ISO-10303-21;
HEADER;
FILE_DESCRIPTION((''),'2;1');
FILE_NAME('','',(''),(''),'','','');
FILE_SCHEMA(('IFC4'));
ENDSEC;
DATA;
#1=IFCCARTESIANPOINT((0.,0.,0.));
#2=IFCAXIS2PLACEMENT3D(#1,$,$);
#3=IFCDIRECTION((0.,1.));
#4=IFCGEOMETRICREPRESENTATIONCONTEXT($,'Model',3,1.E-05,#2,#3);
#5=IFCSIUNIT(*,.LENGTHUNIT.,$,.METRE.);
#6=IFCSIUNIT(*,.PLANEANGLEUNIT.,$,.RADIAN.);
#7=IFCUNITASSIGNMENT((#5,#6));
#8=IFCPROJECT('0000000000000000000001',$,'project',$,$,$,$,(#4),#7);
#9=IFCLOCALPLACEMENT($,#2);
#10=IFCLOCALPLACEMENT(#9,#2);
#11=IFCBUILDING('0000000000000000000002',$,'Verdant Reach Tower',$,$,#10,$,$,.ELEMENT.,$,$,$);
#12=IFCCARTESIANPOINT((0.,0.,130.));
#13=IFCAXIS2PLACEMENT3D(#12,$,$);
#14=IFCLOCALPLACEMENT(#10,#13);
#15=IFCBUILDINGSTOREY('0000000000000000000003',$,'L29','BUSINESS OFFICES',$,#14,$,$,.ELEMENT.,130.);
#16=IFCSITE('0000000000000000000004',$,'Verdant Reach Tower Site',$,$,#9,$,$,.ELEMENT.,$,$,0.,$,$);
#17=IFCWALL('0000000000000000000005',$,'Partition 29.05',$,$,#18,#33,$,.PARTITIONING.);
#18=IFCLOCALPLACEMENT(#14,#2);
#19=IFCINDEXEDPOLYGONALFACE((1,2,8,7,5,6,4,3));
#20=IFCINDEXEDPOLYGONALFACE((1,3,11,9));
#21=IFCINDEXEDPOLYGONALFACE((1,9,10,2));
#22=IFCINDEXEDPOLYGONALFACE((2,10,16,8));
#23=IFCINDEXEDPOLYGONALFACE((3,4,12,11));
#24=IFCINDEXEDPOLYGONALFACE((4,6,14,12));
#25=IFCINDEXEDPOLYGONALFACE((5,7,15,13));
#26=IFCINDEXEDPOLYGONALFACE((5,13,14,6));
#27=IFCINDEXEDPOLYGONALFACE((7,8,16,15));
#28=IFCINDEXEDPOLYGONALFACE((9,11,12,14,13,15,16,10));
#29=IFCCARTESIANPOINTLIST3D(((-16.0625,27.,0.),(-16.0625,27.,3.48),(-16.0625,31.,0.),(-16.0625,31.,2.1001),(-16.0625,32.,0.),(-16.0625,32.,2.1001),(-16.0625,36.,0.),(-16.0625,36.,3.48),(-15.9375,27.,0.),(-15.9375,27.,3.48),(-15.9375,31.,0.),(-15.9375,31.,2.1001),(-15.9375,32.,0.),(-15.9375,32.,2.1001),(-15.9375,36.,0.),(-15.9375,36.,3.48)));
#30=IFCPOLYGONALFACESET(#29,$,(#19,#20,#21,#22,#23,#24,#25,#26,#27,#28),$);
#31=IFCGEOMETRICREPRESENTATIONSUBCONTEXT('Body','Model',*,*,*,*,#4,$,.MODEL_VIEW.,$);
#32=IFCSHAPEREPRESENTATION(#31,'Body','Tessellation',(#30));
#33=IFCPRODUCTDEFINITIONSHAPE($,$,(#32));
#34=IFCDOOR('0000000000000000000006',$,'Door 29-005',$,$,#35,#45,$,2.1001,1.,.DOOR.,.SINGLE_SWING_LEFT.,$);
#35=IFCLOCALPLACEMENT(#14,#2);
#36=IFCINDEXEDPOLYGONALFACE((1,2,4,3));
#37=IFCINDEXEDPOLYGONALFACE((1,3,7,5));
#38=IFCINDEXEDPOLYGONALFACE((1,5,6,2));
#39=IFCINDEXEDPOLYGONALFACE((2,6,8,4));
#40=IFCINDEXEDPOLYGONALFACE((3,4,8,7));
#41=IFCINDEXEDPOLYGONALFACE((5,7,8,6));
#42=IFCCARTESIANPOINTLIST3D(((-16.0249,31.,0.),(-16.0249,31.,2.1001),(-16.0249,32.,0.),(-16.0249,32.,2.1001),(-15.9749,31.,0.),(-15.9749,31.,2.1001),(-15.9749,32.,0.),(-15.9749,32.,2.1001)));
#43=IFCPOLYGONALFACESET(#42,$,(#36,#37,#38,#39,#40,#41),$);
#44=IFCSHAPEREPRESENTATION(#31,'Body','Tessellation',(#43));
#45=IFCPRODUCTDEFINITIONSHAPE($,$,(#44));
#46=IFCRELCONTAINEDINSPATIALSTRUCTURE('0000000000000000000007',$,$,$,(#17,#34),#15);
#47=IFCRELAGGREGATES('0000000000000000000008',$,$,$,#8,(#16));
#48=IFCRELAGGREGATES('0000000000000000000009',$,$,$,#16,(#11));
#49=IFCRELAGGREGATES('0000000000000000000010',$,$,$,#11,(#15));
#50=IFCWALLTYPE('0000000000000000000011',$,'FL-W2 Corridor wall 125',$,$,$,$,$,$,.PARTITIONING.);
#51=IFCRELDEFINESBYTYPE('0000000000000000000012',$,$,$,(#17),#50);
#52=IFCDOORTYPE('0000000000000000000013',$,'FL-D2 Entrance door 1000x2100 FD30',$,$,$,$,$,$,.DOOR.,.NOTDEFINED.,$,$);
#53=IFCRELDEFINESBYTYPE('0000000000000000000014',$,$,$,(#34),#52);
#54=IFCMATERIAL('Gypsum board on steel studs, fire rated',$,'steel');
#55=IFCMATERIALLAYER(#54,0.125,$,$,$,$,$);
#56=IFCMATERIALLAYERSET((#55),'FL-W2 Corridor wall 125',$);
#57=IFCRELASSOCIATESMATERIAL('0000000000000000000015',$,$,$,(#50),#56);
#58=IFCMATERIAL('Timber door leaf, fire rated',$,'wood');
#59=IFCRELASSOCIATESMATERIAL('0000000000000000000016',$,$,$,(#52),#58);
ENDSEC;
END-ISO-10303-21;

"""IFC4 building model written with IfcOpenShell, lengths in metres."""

from ifc_helpers import new_model, si_unit, direction, frame, frame_2d, origin, place, context, subcontext, project, spatial, rectangle, extrude, material, layer, layer_set, type_object, element, fill, save


model = new_model("IFC4")

# Units and contexts
model_context = context("Model", 3, precision=1e-05, world=origin(), true_north=direction((0.0, 1.0)))
body_context = subcontext(model_context, "Body", "Model", "MODEL_VIEW")
ifc_project = project(units=[si_unit("LENGTHUNIT", "METRE"), si_unit("PLANEANGLEUNIT", "RADIAN")], contexts=[model_context])

# Site, building, storey
site_placement = place(None, origin())
site = spatial("IfcSite", under=ifc_project, at=site_placement, Name="Verdant Reach Tower Site", CompositionType="ELEMENT", RefElevation=0.0)
building_placement = place(site_placement, origin())
building = spatial("IfcBuilding", under=site, at=building_placement, Name="Verdant Reach Tower", CompositionType="ELEMENT")
storey_placement = place(building_placement, frame((0.0, 0.0, 130.0)))
storey = spatial("IfcBuildingStorey", under=building, at=storey_placement, Name="L29", Description="BUSINESS OFFICES", CompositionType="ELEMENT", Elevation=130.0)

# Wall, opening, door
ifc_material_1 = material(Name="Gypsum board on steel studs, fire rated", Category="steel")
ifc_layer_1 = layer(ifc_material_1, 0.125)
ifc_layer_set_1 = layer_set([ifc_layer_1], Name="FL-W2 Corridor wall 125")
wall_type_1 = type_object("IfcWallType", Name="FL-W2 Corridor wall 125", PredefinedType="PARTITIONING", material=ifc_layer_set_1)
wall_1_placement = place(storey_placement, frame((-16.0, 27.0, 0.0), z_axis=(0.0, 0.0, 1.0), x_axis=(0.0, 1.0, 0.0)))
wall_1 = element("IfcWall", 1, at=wall_1_placement, inside=storey, type_object=wall_type_1, Name="Partition 29.05", PredefinedType="PARTITIONING", context=body_context, shape_type="SweptSolid", body=[
    extrude(rectangle(XDim=9.0, YDim=0.125, at=frame_2d((4.5, 0.0))), origin(), (0.0, 0.0, 1.0), 3.48),
])
opening_1_placement = place(wall_1_placement, frame((4.0, 0.0, 0.0)))
opening_1 = element("IfcOpeningElement", 2, at=opening_1_placement, cuts=wall_1, PredefinedType="OPENING", context=body_context, shape_type="SweptSolid", body=[
    extrude(rectangle(XDim=1.0, YDim=2.1001, at=frame_2d((0.5, 1.05))), frame((0.0, 0.0725, 0.0), z_axis=(0.0, -1.0, 0.0), x_axis=(1.0, 0.0, 0.0)), (0.0, 0.0, 1.0), 0.145),
])
ifc_material_2 = material(Name="Timber door leaf, fire rated", Category="wood")
door_type_1 = type_object("IfcDoorType", Name="FL-D2 Entrance door 1000x2100 FD30", OperationType="NOTDEFINED", PredefinedType="DOOR", material=ifc_material_2)
door_1_placement = place(opening_1_placement, origin())
door_1 = element("IfcDoor", 3, at=door_1_placement, inside=storey, type_object=door_type_1, Name="Door 29-005", OperationType="SINGLE_SWING_LEFT", OverallHeight=2.1001, OverallWidth=1.0, PredefinedType="DOOR", context=body_context, shape_type="SweptSolid", body=[
    extrude(rectangle(XDim=1.0, YDim=2.1001, at=frame_2d((0.5, 1.05))), frame((0.0, 0.0249, 0.0), z_axis=(0.0, -1.0, 0.0), x_axis=(1.0, 0.0, 0.0)), (0.0, 0.0, 1.0), 0.05),
])
fill(opening_1, door_1)

save(model, "model.ifc")
